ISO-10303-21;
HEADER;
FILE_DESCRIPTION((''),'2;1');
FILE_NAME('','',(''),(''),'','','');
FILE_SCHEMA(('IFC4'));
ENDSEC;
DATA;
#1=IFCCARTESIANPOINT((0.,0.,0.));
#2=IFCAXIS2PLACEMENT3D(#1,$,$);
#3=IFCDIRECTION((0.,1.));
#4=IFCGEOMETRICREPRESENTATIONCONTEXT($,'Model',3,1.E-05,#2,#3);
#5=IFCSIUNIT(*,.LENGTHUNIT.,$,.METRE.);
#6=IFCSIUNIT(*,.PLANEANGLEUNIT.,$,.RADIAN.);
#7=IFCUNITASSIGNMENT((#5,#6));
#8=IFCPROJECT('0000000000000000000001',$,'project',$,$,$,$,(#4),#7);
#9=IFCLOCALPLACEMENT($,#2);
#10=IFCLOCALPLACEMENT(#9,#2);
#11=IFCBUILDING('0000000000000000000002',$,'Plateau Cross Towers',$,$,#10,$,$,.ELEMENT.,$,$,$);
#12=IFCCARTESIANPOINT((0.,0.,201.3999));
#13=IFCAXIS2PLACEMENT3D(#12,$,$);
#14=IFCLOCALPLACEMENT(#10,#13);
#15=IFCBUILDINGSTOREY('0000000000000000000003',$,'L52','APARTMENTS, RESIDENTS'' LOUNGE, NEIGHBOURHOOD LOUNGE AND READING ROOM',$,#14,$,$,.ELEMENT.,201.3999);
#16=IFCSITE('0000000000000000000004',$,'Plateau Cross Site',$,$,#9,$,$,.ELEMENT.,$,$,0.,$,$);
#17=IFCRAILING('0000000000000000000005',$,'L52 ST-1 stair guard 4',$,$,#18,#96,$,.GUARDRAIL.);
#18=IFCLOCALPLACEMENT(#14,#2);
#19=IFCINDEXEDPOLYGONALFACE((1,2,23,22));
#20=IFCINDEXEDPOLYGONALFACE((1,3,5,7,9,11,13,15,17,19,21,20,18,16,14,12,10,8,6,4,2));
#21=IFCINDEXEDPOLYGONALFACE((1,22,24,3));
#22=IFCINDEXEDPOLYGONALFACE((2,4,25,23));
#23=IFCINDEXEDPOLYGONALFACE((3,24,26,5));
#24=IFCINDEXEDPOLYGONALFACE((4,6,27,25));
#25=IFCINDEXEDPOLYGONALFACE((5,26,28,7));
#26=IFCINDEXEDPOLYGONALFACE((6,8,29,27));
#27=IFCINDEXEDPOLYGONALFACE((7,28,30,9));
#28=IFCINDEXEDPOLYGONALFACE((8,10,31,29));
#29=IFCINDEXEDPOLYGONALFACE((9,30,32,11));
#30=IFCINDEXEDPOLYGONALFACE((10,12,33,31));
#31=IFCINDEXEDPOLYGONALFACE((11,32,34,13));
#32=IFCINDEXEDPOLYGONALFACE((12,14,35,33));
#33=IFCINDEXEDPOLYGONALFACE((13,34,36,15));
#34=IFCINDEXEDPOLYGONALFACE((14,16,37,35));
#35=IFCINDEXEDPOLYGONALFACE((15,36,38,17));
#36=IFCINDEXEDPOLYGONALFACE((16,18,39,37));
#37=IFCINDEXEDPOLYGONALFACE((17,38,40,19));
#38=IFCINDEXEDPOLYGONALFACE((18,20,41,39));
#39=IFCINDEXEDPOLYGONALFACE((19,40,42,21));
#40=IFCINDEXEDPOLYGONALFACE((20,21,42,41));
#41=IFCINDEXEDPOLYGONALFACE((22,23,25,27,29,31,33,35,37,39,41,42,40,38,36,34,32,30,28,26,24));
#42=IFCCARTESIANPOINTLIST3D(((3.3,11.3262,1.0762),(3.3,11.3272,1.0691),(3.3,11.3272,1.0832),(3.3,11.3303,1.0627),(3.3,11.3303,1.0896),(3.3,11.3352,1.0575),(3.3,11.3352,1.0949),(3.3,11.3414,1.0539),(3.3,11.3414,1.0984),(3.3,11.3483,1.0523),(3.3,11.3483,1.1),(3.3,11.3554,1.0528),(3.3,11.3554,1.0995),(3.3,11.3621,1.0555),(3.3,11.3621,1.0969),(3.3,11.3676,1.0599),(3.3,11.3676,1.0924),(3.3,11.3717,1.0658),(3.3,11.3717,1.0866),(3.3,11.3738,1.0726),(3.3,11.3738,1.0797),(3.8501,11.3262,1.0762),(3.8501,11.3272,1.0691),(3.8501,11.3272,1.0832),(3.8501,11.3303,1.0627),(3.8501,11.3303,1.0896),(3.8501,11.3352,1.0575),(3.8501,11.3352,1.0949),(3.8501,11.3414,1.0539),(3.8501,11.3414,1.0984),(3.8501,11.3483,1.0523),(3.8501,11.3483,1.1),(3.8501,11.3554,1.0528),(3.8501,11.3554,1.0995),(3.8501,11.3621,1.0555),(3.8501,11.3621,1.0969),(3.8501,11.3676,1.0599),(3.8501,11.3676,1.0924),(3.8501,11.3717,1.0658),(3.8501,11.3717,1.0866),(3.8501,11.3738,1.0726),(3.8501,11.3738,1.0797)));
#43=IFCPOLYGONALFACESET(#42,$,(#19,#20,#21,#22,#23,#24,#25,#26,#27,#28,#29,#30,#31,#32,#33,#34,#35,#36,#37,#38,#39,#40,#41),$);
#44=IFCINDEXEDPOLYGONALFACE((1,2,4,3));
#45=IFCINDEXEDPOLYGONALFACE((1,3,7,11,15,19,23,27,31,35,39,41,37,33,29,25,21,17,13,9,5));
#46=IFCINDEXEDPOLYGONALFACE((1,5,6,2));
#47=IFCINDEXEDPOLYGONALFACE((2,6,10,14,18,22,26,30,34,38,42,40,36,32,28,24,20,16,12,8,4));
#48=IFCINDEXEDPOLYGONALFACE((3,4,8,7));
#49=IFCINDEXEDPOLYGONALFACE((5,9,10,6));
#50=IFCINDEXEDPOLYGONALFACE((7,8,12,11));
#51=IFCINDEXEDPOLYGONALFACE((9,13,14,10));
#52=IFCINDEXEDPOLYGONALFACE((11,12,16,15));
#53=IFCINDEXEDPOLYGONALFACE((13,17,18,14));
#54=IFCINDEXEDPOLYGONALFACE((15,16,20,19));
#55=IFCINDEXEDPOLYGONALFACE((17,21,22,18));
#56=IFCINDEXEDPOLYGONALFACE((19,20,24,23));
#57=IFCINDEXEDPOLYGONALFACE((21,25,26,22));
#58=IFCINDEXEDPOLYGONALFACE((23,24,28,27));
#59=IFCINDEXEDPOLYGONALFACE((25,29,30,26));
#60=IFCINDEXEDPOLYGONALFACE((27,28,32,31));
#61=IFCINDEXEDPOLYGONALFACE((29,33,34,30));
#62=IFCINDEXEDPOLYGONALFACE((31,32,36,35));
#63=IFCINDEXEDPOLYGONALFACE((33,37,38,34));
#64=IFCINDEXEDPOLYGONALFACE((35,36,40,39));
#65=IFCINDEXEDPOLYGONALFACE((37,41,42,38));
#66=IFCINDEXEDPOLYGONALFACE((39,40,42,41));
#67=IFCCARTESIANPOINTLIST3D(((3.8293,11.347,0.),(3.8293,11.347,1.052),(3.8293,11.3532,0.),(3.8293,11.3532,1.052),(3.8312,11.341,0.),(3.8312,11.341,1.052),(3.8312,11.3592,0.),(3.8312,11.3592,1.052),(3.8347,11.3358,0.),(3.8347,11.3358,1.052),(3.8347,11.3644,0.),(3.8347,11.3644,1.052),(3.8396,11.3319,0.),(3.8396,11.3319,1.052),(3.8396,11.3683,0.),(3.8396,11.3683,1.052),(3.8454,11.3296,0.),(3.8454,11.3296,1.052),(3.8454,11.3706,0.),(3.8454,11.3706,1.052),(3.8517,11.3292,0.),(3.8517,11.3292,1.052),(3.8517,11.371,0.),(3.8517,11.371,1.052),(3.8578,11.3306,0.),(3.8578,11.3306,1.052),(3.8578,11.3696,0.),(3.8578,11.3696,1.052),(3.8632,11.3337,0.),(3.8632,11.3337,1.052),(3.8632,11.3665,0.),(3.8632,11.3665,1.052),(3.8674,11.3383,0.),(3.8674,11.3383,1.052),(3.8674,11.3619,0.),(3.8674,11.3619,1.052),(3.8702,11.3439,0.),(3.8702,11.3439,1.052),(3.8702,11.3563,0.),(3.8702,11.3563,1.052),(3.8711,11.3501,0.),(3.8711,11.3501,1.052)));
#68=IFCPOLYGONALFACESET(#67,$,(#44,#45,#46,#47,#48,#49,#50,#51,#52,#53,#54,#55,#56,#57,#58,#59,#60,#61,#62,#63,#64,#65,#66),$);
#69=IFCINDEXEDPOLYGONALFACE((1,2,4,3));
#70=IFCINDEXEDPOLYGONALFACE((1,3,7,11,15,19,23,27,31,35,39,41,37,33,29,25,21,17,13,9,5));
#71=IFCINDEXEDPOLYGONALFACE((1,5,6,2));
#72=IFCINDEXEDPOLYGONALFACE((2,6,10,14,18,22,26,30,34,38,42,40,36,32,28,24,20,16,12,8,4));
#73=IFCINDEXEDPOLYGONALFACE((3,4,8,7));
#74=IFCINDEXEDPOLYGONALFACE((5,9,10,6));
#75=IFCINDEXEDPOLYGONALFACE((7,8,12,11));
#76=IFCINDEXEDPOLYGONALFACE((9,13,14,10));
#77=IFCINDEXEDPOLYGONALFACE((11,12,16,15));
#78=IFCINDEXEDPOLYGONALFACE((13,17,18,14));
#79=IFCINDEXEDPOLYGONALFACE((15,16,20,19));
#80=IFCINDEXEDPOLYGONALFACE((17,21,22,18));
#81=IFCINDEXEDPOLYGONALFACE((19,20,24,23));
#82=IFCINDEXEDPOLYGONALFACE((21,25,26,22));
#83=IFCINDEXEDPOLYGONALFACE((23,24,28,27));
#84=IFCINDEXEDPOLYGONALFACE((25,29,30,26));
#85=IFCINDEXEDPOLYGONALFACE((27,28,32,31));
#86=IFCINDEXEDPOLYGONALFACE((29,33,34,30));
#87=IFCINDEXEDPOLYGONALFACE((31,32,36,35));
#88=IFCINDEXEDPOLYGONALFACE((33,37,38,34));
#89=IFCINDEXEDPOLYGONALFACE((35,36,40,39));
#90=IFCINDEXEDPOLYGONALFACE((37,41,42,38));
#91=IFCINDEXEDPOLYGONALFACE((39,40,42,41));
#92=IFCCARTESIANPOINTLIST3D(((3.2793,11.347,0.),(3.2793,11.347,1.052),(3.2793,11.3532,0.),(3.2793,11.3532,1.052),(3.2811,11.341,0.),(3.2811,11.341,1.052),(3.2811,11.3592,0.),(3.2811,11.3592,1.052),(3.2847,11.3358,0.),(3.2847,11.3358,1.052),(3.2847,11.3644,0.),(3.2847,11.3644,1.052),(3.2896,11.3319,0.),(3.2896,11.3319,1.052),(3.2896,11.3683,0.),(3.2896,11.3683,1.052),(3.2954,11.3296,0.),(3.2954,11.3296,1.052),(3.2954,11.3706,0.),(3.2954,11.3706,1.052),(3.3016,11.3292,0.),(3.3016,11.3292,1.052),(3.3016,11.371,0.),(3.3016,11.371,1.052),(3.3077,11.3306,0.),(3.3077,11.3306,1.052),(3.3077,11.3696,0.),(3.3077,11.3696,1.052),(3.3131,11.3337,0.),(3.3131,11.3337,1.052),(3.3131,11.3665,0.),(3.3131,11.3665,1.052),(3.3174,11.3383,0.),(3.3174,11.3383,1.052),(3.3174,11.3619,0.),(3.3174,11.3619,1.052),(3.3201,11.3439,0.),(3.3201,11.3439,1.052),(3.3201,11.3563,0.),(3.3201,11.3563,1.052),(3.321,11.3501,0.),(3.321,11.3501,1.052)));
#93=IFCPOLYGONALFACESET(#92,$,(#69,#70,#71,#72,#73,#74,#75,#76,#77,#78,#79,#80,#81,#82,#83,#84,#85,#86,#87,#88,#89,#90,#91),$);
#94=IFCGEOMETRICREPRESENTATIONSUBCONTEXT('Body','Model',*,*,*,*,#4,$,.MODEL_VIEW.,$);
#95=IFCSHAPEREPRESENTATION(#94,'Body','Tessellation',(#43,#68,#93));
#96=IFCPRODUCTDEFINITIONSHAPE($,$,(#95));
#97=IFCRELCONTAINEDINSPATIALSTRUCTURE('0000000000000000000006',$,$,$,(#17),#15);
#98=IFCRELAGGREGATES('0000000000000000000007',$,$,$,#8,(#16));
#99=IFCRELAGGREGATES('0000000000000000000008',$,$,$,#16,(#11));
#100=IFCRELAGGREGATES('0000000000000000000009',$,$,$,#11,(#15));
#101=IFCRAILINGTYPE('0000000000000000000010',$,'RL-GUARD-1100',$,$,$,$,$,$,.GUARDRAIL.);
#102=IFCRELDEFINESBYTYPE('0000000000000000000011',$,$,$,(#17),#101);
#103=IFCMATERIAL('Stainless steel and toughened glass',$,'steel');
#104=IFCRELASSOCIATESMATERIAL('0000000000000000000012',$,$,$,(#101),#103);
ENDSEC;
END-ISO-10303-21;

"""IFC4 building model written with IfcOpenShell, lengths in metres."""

from ifc_helpers import new_model, si_unit, direction, frame, origin, origin_2d, place, context, subcontext, project, spatial, circle, extrude, material, type_object, element, save


model = new_model("IFC4")

# Units and contexts
model_context = context("Model", 3, precision=1e-05, world=origin(), true_north=direction((0.0, 1.0)))
body_context = subcontext(model_context, "Body", "Model", "MODEL_VIEW")
ifc_project = project(units=[si_unit("LENGTHUNIT", "METRE"), si_unit("PLANEANGLEUNIT", "RADIAN")], contexts=[model_context])

# Site, building, storey
site_placement = place(None, origin())
site = spatial("IfcSite", under=ifc_project, at=site_placement, Name="Plateau Cross Site", CompositionType="ELEMENT", RefElevation=0.0)
building_placement = place(site_placement, origin())
building = spatial("IfcBuilding", under=site, at=building_placement, Name="Plateau Cross Towers", CompositionType="ELEMENT")
storey_placement = place(building_placement, frame((0.0, 0.0, 201.3999)))
storey = spatial("IfcBuildingStorey", under=building, at=storey_placement, Name="L52", Description="APARTMENTS, RESIDENTS' LOUNGE, NEIGHBOURHOOD LOUNGE AND READING ROOM", CompositionType="ELEMENT", Elevation=201.3999)

# Railing
ifc_material_1 = material(Name="Stainless steel and toughened glass", Category="steel")
railing_type_1 = type_object("IfcRailingType", Name="RL-GUARD-1100", PredefinedType="GUARDRAIL", material=ifc_material_1)
railing_1_placement = place(storey_placement, frame((3.8501, 11.3501, 0.0)))
element("IfcRailing", 1, at=railing_1_placement, inside=storey, type_object=railing_type_1, Name="L52 ST-1 stair guard 4", PredefinedType="GUARDRAIL", context=body_context, shape_type="SweptSolid", body=[
    extrude(circle(Radius=0.0239, at=origin_2d()), frame((0.0, 0.0, 1.0762), z_axis=(-1.0, 0.0, 0.0), x_axis=(0.0, -1.0, 0.0)), (0.0, 0.0, 1.0), 0.55),
    extrude(circle(Radius=0.021, at=origin_2d()), origin(), (0.0, 0.0, 1.0), 1.052),
    extrude(circle(Radius=0.021, at=origin_2d()), frame((-0.55, 0.0, 0.0)), (0.0, 0.0, 1.0), 1.052),
])

save(model, "model.ifc")
